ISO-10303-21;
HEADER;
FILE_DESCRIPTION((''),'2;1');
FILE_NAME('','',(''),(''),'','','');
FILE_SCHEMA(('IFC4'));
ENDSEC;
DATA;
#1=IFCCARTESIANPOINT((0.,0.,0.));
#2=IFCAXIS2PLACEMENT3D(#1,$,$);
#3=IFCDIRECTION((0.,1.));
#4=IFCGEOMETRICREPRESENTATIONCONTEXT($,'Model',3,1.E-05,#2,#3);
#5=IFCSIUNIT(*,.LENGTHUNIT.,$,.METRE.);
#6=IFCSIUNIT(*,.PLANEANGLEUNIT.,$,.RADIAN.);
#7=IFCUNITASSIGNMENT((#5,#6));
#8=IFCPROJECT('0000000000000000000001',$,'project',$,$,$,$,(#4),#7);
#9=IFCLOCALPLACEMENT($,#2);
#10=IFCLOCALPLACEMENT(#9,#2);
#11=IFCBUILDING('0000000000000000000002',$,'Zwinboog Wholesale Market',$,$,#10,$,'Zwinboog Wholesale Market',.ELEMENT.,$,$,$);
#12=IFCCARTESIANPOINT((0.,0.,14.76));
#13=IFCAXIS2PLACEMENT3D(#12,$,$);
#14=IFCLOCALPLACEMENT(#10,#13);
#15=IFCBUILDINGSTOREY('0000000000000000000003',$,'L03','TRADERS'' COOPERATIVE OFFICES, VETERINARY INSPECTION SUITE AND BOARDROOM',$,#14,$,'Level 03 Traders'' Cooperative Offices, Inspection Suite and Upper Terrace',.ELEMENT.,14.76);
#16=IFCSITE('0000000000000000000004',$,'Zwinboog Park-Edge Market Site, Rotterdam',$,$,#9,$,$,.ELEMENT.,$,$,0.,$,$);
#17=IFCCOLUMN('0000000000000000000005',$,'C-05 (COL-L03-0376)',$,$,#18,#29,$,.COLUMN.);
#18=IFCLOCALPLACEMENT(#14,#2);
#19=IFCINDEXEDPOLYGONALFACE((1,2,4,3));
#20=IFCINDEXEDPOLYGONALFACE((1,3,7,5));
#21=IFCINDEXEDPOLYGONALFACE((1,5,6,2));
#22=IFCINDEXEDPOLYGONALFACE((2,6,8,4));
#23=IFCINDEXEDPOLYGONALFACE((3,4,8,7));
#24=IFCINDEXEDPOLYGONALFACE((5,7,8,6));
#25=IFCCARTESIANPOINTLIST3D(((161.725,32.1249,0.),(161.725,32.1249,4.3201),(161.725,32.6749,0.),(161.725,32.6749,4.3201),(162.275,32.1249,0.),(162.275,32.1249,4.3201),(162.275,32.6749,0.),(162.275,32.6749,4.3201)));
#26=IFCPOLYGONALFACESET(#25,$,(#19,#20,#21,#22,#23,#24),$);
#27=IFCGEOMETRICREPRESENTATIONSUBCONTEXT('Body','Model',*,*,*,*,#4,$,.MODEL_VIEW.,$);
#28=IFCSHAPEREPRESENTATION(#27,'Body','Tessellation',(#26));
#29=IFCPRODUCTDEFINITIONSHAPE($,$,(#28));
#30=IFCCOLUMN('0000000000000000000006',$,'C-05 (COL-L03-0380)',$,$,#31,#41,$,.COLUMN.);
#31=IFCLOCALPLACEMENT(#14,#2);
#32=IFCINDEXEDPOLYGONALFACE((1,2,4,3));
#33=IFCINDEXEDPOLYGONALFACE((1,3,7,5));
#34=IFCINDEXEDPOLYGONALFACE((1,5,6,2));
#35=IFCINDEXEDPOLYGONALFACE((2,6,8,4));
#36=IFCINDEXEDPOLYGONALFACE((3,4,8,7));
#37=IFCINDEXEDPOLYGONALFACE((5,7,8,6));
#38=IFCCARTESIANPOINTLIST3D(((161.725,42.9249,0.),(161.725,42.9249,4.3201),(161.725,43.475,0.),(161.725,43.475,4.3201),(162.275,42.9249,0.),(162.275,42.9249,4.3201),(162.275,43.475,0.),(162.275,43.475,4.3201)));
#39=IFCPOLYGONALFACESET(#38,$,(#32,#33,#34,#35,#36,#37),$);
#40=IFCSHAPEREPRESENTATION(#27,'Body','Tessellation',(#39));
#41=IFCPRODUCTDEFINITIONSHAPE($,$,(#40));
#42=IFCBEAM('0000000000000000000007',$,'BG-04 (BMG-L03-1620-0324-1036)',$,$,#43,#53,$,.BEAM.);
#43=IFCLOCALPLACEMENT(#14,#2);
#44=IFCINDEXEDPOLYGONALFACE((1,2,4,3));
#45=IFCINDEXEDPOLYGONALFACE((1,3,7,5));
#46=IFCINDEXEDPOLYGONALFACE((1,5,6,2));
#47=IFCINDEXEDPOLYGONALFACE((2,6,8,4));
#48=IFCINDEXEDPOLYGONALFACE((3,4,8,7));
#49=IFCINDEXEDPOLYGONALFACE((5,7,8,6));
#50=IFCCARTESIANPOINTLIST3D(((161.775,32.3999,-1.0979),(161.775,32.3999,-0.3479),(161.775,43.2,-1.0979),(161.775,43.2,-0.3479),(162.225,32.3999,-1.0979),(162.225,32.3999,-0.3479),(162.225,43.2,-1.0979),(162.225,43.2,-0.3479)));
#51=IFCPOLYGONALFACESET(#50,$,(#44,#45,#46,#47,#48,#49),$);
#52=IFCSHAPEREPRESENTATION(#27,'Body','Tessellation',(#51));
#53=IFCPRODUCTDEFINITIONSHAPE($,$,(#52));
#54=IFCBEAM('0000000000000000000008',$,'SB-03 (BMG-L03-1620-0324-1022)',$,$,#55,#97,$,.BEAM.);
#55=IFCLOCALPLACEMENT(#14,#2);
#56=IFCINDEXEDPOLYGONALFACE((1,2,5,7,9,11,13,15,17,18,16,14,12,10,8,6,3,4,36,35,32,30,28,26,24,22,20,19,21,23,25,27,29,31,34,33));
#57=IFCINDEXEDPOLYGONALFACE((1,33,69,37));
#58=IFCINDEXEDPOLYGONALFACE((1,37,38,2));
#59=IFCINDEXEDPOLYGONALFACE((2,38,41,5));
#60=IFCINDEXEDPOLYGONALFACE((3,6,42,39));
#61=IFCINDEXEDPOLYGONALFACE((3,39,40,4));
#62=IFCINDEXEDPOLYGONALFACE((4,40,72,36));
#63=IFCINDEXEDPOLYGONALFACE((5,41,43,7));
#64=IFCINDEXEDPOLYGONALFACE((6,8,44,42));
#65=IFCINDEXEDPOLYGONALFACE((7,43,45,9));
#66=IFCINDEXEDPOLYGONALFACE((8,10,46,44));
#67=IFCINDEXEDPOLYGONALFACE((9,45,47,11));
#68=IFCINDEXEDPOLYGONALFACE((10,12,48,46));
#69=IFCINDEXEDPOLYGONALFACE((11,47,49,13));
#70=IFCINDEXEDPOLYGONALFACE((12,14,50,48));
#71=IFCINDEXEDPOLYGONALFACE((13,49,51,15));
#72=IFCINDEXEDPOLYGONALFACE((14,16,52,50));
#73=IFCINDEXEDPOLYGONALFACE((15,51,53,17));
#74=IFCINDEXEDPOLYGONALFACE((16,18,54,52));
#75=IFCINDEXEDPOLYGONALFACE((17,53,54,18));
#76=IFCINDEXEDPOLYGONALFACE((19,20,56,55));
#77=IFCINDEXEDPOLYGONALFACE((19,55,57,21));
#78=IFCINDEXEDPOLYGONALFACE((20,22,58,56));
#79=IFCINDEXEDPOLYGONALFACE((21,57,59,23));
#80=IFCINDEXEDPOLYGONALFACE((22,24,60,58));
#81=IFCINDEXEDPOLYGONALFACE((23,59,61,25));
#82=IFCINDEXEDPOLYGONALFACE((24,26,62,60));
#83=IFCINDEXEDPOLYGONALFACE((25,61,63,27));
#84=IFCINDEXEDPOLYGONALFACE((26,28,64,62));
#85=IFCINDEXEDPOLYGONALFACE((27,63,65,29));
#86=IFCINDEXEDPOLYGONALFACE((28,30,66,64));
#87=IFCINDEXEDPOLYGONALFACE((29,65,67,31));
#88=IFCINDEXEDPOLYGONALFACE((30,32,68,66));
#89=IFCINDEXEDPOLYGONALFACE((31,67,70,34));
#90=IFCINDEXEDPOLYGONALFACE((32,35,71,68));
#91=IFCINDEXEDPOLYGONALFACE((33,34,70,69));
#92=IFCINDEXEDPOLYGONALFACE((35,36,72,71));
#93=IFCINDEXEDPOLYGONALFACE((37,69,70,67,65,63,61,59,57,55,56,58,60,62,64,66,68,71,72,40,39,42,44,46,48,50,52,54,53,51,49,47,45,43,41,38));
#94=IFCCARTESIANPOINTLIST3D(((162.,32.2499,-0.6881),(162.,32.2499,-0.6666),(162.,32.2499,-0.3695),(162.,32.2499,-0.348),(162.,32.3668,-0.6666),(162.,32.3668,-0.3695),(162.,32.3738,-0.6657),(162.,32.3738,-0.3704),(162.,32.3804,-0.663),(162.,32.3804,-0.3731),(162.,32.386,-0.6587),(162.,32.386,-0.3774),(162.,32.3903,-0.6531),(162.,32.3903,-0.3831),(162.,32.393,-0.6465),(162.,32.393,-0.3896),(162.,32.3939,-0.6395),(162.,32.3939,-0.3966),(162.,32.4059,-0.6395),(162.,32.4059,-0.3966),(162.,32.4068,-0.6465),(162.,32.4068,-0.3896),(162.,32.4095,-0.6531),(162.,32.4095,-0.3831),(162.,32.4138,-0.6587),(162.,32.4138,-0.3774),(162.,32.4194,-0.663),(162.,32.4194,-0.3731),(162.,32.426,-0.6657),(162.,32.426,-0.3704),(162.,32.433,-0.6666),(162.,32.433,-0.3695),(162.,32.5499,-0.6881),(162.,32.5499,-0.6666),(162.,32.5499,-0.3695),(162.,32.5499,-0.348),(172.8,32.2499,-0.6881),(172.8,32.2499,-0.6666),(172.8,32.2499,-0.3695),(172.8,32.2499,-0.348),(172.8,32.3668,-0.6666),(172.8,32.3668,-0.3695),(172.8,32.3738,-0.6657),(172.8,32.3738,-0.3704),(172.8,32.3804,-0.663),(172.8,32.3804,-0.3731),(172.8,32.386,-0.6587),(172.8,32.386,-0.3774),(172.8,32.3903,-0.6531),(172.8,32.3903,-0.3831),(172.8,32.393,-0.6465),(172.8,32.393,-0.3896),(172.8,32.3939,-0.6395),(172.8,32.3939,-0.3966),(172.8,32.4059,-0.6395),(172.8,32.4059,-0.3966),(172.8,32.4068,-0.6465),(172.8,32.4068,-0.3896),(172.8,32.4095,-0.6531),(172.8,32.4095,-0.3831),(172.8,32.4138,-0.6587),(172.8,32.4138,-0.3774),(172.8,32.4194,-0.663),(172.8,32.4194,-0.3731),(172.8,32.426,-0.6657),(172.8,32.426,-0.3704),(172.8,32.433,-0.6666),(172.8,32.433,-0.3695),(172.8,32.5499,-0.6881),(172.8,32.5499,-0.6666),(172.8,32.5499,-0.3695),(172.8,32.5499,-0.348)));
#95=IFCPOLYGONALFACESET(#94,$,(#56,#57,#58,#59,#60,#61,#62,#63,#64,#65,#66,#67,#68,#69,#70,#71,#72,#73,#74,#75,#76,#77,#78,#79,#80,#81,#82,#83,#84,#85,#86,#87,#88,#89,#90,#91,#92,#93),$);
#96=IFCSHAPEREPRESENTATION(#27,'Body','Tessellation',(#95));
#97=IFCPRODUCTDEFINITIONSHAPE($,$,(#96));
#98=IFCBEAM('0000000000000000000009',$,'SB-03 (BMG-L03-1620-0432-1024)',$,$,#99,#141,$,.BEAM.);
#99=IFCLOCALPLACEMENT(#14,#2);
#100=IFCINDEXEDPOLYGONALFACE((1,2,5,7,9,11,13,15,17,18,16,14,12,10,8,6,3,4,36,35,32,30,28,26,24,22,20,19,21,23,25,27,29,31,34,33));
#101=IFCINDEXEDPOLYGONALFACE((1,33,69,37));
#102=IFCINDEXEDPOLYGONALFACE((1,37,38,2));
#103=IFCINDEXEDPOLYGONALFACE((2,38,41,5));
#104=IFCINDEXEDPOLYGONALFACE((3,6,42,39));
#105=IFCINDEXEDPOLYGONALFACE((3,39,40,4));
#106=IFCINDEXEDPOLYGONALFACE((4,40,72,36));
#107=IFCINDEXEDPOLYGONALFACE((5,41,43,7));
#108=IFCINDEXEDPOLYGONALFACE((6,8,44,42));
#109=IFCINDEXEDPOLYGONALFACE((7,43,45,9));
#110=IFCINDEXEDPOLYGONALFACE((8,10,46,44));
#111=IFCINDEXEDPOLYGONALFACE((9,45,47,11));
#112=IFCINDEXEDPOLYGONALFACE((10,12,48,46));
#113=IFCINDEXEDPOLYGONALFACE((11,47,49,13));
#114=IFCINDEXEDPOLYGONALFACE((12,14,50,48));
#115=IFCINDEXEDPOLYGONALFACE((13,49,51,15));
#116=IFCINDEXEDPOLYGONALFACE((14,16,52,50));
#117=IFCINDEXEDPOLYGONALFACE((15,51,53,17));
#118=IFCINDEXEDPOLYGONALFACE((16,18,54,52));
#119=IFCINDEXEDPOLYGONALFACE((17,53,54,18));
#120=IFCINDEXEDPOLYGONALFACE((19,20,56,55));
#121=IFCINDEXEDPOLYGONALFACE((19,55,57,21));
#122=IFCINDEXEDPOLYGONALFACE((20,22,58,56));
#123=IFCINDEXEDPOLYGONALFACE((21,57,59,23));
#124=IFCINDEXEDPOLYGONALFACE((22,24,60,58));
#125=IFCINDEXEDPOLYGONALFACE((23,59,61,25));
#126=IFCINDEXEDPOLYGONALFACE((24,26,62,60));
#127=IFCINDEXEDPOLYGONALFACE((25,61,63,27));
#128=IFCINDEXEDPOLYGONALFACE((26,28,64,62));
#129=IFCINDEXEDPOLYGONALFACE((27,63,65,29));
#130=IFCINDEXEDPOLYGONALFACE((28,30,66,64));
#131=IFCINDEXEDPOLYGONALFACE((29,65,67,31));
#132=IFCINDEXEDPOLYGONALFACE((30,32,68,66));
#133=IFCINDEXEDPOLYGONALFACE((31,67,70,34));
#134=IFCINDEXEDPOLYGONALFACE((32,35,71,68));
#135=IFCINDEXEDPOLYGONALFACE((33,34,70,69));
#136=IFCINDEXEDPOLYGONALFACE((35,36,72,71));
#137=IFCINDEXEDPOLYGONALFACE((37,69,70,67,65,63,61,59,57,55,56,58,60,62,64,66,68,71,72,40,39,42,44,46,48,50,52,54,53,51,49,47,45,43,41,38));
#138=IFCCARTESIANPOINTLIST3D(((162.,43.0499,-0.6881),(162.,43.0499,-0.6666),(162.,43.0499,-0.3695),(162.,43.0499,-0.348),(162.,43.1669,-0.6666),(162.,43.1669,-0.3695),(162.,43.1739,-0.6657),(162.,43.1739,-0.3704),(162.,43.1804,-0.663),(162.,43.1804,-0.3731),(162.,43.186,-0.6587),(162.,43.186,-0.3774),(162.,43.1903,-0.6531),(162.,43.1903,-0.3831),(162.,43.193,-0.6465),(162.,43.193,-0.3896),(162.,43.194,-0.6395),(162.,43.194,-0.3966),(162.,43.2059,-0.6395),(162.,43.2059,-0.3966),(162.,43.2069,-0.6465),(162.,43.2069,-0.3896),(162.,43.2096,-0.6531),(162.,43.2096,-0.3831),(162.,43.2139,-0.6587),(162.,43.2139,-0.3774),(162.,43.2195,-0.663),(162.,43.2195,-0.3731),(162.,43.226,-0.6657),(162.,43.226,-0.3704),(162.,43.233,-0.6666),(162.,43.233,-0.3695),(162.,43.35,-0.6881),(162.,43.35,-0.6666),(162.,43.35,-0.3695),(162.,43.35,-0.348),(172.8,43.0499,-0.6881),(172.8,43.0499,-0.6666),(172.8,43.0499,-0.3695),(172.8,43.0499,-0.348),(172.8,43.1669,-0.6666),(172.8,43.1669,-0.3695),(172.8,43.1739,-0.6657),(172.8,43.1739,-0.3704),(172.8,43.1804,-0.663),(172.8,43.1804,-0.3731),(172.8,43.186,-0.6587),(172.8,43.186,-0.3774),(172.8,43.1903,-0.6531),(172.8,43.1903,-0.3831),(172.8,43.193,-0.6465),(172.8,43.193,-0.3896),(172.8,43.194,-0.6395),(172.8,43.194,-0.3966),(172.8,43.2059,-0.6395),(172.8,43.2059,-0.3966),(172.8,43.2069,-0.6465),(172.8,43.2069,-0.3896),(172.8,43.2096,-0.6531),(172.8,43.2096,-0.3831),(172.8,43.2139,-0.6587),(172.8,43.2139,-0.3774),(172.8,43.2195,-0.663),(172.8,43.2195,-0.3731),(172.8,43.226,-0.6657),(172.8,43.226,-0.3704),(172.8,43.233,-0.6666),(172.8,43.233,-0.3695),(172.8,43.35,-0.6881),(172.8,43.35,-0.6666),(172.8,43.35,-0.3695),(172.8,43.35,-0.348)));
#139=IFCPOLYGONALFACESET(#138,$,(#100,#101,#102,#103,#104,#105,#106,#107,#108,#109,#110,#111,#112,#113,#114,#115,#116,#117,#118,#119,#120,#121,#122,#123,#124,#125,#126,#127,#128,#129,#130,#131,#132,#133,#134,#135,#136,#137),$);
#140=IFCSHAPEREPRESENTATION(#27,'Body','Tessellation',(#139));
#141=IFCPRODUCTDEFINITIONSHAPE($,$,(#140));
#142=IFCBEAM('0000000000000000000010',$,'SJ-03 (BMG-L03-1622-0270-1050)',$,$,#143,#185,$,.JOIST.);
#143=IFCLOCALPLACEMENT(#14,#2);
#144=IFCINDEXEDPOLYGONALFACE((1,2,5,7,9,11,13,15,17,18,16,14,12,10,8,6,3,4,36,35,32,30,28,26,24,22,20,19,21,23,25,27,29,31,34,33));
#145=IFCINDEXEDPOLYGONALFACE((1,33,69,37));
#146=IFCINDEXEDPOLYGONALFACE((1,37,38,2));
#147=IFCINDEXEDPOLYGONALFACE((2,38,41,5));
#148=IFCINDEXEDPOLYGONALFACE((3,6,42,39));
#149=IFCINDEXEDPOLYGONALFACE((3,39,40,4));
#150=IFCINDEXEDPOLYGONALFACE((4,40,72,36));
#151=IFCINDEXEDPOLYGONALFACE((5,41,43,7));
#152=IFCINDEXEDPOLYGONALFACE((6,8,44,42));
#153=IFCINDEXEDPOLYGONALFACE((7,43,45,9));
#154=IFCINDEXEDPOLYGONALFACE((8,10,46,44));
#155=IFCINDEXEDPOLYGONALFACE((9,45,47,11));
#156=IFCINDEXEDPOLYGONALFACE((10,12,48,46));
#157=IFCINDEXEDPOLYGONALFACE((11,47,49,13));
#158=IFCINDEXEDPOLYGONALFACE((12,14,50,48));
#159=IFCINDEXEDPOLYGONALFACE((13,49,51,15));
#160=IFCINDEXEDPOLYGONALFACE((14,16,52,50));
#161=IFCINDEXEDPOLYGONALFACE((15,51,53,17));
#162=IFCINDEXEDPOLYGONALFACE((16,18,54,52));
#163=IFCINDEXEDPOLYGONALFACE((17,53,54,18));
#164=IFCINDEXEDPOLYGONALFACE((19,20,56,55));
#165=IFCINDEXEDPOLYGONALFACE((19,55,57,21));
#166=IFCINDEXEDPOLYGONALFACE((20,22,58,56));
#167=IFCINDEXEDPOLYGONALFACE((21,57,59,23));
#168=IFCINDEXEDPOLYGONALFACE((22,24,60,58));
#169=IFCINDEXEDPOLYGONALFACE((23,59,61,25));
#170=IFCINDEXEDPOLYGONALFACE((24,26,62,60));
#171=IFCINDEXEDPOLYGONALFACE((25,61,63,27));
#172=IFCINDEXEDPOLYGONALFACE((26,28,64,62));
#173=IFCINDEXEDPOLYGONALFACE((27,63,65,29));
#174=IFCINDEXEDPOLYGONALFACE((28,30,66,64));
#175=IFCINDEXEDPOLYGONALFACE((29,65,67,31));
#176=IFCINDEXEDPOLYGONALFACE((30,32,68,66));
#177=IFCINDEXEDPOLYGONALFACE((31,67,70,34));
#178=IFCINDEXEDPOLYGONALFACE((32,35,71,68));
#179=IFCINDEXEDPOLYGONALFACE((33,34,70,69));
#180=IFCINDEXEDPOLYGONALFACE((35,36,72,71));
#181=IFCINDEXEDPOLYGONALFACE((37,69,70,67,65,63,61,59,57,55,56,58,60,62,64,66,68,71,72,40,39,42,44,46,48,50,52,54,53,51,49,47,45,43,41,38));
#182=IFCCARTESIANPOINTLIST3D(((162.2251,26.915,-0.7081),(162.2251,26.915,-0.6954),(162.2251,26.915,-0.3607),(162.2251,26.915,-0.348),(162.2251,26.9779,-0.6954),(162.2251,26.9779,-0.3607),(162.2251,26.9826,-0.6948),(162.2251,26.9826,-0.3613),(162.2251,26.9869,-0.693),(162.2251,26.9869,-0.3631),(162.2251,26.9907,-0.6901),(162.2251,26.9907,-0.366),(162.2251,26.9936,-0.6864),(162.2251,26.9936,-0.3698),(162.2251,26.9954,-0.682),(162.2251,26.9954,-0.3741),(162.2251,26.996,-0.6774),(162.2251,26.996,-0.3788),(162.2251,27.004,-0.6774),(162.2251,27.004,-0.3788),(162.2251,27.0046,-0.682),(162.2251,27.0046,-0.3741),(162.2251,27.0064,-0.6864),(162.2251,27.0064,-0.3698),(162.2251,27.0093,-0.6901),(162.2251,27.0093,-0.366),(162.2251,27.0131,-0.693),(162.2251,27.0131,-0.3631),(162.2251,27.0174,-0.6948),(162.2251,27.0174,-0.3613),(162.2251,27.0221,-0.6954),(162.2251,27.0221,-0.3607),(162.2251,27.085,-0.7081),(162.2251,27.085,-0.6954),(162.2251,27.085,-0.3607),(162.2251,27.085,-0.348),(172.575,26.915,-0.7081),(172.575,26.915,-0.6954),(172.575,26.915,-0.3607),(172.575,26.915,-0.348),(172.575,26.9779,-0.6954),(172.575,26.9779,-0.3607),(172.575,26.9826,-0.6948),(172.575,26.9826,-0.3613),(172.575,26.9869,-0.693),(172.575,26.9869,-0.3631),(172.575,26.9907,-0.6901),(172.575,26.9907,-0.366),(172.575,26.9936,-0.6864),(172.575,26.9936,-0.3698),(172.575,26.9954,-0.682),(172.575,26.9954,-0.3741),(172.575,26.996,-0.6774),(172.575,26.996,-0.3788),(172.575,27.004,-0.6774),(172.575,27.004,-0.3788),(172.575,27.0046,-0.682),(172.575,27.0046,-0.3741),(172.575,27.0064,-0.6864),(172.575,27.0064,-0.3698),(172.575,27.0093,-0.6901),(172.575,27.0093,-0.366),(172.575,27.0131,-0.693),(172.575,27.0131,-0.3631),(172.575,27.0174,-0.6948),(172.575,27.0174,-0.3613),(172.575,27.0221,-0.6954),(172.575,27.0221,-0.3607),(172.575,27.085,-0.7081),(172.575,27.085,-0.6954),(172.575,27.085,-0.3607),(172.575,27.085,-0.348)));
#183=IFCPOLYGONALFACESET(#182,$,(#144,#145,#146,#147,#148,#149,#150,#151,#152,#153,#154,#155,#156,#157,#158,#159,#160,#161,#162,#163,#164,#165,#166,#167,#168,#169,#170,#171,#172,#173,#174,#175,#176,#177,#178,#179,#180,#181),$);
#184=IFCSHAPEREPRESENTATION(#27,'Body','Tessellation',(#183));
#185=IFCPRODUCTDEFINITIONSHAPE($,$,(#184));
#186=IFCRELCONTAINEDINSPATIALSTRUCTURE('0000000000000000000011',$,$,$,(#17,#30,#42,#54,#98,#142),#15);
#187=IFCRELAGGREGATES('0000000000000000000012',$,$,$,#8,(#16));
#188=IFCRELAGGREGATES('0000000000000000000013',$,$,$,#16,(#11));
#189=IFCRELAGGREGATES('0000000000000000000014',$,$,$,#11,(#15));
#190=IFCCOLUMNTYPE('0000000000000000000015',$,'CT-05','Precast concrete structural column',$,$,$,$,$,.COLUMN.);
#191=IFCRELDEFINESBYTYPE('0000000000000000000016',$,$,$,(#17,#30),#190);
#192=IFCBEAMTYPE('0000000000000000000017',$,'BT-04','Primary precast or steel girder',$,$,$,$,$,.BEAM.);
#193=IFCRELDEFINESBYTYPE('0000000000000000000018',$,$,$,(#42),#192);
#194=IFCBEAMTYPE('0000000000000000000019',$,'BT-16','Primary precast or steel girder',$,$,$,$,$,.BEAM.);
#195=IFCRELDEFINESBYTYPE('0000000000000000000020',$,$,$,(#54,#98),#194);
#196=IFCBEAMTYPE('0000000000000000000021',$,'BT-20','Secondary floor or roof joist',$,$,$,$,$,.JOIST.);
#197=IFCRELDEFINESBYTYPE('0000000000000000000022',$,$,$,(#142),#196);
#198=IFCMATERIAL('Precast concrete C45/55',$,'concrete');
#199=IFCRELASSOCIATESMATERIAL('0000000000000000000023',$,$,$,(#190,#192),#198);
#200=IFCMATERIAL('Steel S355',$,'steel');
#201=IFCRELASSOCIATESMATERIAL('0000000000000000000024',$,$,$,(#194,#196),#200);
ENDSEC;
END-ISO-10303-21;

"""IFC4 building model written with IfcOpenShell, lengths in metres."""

from ifc_helpers import new_model, si_unit, direction, frame, origin, origin_2d, place, context, subcontext, project, spatial, rectangle, i_section, extrude, material, material_profile, profile_set, type_object, element, save


model = new_model("IFC4")

# Units and contexts
model_context = context("Model", 3, precision=1e-05, world=origin(), true_north=direction((0.0, 1.0)))
body_context = subcontext(model_context, "Body", "Model", "MODEL_VIEW")
ifc_project = project(units=[si_unit("LENGTHUNIT", "METRE"), si_unit("PLANEANGLEUNIT", "RADIAN")], contexts=[model_context])

# Site, building, storey
site_placement = place(None, origin())
site = spatial("IfcSite", under=ifc_project, at=site_placement, Name="Zwinboog Park-Edge Market Site, Rotterdam", CompositionType="ELEMENT", RefElevation=0.0)
building_placement = place(site_placement, origin())
building = spatial("IfcBuilding", under=site, at=building_placement, Name="Zwinboog Wholesale Market", LongName="Zwinboog Wholesale Market", CompositionType="ELEMENT")
storey_placement = place(building_placement, frame((0.0, 0.0, 14.76)))
storey = spatial("IfcBuildingStorey", under=building, at=storey_placement, Name="L03", Description="TRADERS' COOPERATIVE OFFICES, VETERINARY INSPECTION SUITE AND BOARDROOM", LongName="Level 03 Traders' Cooperative Offices, Inspection Suite and Upper Terrace", CompositionType="ELEMENT", Elevation=14.76)

# Columns
ifc_material_1 = material(Name="Precast concrete C45/55", Category="concrete")
ifc_material_profile_1 = material_profile(ifc_material_1, rectangle(XDim=0.55, YDim=0.55, at=origin_2d()), Name="PC 550x550")
ifc_profile_set_1 = profile_set([ifc_material_profile_1], Name="Precast concrete C45/55")
column_type = type_object("IfcColumnType", Name="CT-05", Description="Precast concrete structural column", PredefinedType="COLUMN", material=ifc_profile_set_1)
for number, where, z_axis, x_axis, name in (
    (1, (162.0, 32.3999, 0.0), (0.0, 0.0, 1.0), (1.0, 0.0, 0.0), "C-05 (COL-L03-0376)"),
    (2, (162.0, 43.2, 0.0), (0.0, 0.0, 1.0), (1.0, 0.0, 0.0), "C-05 (COL-L03-0380)"),
):
    element("IfcColumn", number, at=place(storey_placement, frame(where, z_axis=z_axis, x_axis=x_axis)), inside=storey, type_object=column_type, Name=name, PredefinedType="COLUMN", context=body_context, shape_type="SweptSolid", body=[
        extrude(rectangle(XDim=0.55, YDim=0.55, at=origin_2d()), origin(), (0.0, 0.0, 1.0), 4.3201),
    ])

# Beams
ifc_material_profile_2 = material_profile(ifc_material_1, rectangle(XDim=0.45, YDim=0.75, at=origin_2d()), Name="PC 450x750")
ifc_profile_set_2 = profile_set([ifc_material_profile_2], Name="Precast concrete C45/55")
beam_type_1 = type_object("IfcBeamType", Name="BT-04", Description="Primary precast or steel girder", PredefinedType="BEAM", material=ifc_profile_set_2)
beam_1_placement = place(storey_placement, frame((162.0, 32.3999, -0.7229), z_axis=(0.0, 1.0, 0.0), x_axis=(-1.0, 0.0, 0.0)))
element("IfcBeam", 3, at=beam_1_placement, inside=storey, type_object=beam_type_1, Name="BG-04 (BMG-L03-1620-0324-1036)", PredefinedType="BEAM", context=body_context, shape_type="SweptSolid", body=[
    extrude(rectangle(XDim=0.45, YDim=0.75, at=origin_2d()), origin(), (0.0, 0.0, 1.0), 10.8),
])
ifc_material_2 = material(Name="Steel S355", Category="steel")
ifc_material_profile_3 = material_profile(ifc_material_2, i_section(OverallWidth=0.3, OverallDepth=0.3401, WebThickness=0.012, FlangeThickness=0.0215, FilletRadius=0.0271, at=origin_2d()), Name="HEB 340")
ifc_profile_set_3 = profile_set([ifc_material_profile_3], Name="Steel S355")
beam_type_2 = type_object("IfcBeamType", Name="BT-16", Description="Primary precast or steel girder", PredefinedType="BEAM", material=ifc_profile_set_3)
for number, where, z_axis, x_axis, name in (
    (4, (162.0, 32.3999, -0.5181), (1.0, 0.0, 0.0), (0.0, 1.0, 0.0), "SB-03 (BMG-L03-1620-0324-1022)"),
    (5, (162.0, 43.2, -0.5181), (1.0, 0.0, 0.0), (0.0, 1.0, 0.0), "SB-03 (BMG-L03-1620-0432-1024)"),
):
    element("IfcBeam", number, at=place(storey_placement, frame(where, z_axis=z_axis, x_axis=x_axis)), inside=storey, type_object=beam_type_2, Name=name, PredefinedType="BEAM", context=body_context, shape_type="SweptSolid", body=[
        extrude(i_section(OverallWidth=0.3, OverallDepth=0.3401, WebThickness=0.012, FlangeThickness=0.0215, FilletRadius=0.0271, at=origin_2d()), origin(), (0.0, 0.0, 1.0), 10.8),
    ])
ifc_material_profile_4 = material_profile(ifc_material_2, i_section(OverallWidth=0.1699, OverallDepth=0.3601, WebThickness=0.0081, FlangeThickness=0.0127, FilletRadius=0.0181, at=origin_2d()), Name="IPE 360")
ifc_profile_set_4 = profile_set([ifc_material_profile_4], Name="Steel S355")
beam_type_3 = type_object("IfcBeamType", Name="BT-20", Description="Secondary floor or roof joist", PredefinedType="JOIST", material=ifc_profile_set_4)
beam_2_placement = place(storey_placement, frame((162.2251, 27.0, -0.5281), z_axis=(1.0, 0.0, 0.0), x_axis=(0.0, 1.0, 0.0)))
element("IfcBeam", 6, at=beam_2_placement, inside=storey, type_object=beam_type_3, Name="SJ-03 (BMG-L03-1622-0270-1050)", PredefinedType="JOIST", context=body_context, shape_type="SweptSolid", body=[
    extrude(i_section(OverallWidth=0.1699, OverallDepth=0.3601, WebThickness=0.0081, FlangeThickness=0.0127, FilletRadius=0.0181, at=origin_2d()), origin(), (0.0, 0.0, 1.0), 10.3499),
])

save(model, "model.ifc")
